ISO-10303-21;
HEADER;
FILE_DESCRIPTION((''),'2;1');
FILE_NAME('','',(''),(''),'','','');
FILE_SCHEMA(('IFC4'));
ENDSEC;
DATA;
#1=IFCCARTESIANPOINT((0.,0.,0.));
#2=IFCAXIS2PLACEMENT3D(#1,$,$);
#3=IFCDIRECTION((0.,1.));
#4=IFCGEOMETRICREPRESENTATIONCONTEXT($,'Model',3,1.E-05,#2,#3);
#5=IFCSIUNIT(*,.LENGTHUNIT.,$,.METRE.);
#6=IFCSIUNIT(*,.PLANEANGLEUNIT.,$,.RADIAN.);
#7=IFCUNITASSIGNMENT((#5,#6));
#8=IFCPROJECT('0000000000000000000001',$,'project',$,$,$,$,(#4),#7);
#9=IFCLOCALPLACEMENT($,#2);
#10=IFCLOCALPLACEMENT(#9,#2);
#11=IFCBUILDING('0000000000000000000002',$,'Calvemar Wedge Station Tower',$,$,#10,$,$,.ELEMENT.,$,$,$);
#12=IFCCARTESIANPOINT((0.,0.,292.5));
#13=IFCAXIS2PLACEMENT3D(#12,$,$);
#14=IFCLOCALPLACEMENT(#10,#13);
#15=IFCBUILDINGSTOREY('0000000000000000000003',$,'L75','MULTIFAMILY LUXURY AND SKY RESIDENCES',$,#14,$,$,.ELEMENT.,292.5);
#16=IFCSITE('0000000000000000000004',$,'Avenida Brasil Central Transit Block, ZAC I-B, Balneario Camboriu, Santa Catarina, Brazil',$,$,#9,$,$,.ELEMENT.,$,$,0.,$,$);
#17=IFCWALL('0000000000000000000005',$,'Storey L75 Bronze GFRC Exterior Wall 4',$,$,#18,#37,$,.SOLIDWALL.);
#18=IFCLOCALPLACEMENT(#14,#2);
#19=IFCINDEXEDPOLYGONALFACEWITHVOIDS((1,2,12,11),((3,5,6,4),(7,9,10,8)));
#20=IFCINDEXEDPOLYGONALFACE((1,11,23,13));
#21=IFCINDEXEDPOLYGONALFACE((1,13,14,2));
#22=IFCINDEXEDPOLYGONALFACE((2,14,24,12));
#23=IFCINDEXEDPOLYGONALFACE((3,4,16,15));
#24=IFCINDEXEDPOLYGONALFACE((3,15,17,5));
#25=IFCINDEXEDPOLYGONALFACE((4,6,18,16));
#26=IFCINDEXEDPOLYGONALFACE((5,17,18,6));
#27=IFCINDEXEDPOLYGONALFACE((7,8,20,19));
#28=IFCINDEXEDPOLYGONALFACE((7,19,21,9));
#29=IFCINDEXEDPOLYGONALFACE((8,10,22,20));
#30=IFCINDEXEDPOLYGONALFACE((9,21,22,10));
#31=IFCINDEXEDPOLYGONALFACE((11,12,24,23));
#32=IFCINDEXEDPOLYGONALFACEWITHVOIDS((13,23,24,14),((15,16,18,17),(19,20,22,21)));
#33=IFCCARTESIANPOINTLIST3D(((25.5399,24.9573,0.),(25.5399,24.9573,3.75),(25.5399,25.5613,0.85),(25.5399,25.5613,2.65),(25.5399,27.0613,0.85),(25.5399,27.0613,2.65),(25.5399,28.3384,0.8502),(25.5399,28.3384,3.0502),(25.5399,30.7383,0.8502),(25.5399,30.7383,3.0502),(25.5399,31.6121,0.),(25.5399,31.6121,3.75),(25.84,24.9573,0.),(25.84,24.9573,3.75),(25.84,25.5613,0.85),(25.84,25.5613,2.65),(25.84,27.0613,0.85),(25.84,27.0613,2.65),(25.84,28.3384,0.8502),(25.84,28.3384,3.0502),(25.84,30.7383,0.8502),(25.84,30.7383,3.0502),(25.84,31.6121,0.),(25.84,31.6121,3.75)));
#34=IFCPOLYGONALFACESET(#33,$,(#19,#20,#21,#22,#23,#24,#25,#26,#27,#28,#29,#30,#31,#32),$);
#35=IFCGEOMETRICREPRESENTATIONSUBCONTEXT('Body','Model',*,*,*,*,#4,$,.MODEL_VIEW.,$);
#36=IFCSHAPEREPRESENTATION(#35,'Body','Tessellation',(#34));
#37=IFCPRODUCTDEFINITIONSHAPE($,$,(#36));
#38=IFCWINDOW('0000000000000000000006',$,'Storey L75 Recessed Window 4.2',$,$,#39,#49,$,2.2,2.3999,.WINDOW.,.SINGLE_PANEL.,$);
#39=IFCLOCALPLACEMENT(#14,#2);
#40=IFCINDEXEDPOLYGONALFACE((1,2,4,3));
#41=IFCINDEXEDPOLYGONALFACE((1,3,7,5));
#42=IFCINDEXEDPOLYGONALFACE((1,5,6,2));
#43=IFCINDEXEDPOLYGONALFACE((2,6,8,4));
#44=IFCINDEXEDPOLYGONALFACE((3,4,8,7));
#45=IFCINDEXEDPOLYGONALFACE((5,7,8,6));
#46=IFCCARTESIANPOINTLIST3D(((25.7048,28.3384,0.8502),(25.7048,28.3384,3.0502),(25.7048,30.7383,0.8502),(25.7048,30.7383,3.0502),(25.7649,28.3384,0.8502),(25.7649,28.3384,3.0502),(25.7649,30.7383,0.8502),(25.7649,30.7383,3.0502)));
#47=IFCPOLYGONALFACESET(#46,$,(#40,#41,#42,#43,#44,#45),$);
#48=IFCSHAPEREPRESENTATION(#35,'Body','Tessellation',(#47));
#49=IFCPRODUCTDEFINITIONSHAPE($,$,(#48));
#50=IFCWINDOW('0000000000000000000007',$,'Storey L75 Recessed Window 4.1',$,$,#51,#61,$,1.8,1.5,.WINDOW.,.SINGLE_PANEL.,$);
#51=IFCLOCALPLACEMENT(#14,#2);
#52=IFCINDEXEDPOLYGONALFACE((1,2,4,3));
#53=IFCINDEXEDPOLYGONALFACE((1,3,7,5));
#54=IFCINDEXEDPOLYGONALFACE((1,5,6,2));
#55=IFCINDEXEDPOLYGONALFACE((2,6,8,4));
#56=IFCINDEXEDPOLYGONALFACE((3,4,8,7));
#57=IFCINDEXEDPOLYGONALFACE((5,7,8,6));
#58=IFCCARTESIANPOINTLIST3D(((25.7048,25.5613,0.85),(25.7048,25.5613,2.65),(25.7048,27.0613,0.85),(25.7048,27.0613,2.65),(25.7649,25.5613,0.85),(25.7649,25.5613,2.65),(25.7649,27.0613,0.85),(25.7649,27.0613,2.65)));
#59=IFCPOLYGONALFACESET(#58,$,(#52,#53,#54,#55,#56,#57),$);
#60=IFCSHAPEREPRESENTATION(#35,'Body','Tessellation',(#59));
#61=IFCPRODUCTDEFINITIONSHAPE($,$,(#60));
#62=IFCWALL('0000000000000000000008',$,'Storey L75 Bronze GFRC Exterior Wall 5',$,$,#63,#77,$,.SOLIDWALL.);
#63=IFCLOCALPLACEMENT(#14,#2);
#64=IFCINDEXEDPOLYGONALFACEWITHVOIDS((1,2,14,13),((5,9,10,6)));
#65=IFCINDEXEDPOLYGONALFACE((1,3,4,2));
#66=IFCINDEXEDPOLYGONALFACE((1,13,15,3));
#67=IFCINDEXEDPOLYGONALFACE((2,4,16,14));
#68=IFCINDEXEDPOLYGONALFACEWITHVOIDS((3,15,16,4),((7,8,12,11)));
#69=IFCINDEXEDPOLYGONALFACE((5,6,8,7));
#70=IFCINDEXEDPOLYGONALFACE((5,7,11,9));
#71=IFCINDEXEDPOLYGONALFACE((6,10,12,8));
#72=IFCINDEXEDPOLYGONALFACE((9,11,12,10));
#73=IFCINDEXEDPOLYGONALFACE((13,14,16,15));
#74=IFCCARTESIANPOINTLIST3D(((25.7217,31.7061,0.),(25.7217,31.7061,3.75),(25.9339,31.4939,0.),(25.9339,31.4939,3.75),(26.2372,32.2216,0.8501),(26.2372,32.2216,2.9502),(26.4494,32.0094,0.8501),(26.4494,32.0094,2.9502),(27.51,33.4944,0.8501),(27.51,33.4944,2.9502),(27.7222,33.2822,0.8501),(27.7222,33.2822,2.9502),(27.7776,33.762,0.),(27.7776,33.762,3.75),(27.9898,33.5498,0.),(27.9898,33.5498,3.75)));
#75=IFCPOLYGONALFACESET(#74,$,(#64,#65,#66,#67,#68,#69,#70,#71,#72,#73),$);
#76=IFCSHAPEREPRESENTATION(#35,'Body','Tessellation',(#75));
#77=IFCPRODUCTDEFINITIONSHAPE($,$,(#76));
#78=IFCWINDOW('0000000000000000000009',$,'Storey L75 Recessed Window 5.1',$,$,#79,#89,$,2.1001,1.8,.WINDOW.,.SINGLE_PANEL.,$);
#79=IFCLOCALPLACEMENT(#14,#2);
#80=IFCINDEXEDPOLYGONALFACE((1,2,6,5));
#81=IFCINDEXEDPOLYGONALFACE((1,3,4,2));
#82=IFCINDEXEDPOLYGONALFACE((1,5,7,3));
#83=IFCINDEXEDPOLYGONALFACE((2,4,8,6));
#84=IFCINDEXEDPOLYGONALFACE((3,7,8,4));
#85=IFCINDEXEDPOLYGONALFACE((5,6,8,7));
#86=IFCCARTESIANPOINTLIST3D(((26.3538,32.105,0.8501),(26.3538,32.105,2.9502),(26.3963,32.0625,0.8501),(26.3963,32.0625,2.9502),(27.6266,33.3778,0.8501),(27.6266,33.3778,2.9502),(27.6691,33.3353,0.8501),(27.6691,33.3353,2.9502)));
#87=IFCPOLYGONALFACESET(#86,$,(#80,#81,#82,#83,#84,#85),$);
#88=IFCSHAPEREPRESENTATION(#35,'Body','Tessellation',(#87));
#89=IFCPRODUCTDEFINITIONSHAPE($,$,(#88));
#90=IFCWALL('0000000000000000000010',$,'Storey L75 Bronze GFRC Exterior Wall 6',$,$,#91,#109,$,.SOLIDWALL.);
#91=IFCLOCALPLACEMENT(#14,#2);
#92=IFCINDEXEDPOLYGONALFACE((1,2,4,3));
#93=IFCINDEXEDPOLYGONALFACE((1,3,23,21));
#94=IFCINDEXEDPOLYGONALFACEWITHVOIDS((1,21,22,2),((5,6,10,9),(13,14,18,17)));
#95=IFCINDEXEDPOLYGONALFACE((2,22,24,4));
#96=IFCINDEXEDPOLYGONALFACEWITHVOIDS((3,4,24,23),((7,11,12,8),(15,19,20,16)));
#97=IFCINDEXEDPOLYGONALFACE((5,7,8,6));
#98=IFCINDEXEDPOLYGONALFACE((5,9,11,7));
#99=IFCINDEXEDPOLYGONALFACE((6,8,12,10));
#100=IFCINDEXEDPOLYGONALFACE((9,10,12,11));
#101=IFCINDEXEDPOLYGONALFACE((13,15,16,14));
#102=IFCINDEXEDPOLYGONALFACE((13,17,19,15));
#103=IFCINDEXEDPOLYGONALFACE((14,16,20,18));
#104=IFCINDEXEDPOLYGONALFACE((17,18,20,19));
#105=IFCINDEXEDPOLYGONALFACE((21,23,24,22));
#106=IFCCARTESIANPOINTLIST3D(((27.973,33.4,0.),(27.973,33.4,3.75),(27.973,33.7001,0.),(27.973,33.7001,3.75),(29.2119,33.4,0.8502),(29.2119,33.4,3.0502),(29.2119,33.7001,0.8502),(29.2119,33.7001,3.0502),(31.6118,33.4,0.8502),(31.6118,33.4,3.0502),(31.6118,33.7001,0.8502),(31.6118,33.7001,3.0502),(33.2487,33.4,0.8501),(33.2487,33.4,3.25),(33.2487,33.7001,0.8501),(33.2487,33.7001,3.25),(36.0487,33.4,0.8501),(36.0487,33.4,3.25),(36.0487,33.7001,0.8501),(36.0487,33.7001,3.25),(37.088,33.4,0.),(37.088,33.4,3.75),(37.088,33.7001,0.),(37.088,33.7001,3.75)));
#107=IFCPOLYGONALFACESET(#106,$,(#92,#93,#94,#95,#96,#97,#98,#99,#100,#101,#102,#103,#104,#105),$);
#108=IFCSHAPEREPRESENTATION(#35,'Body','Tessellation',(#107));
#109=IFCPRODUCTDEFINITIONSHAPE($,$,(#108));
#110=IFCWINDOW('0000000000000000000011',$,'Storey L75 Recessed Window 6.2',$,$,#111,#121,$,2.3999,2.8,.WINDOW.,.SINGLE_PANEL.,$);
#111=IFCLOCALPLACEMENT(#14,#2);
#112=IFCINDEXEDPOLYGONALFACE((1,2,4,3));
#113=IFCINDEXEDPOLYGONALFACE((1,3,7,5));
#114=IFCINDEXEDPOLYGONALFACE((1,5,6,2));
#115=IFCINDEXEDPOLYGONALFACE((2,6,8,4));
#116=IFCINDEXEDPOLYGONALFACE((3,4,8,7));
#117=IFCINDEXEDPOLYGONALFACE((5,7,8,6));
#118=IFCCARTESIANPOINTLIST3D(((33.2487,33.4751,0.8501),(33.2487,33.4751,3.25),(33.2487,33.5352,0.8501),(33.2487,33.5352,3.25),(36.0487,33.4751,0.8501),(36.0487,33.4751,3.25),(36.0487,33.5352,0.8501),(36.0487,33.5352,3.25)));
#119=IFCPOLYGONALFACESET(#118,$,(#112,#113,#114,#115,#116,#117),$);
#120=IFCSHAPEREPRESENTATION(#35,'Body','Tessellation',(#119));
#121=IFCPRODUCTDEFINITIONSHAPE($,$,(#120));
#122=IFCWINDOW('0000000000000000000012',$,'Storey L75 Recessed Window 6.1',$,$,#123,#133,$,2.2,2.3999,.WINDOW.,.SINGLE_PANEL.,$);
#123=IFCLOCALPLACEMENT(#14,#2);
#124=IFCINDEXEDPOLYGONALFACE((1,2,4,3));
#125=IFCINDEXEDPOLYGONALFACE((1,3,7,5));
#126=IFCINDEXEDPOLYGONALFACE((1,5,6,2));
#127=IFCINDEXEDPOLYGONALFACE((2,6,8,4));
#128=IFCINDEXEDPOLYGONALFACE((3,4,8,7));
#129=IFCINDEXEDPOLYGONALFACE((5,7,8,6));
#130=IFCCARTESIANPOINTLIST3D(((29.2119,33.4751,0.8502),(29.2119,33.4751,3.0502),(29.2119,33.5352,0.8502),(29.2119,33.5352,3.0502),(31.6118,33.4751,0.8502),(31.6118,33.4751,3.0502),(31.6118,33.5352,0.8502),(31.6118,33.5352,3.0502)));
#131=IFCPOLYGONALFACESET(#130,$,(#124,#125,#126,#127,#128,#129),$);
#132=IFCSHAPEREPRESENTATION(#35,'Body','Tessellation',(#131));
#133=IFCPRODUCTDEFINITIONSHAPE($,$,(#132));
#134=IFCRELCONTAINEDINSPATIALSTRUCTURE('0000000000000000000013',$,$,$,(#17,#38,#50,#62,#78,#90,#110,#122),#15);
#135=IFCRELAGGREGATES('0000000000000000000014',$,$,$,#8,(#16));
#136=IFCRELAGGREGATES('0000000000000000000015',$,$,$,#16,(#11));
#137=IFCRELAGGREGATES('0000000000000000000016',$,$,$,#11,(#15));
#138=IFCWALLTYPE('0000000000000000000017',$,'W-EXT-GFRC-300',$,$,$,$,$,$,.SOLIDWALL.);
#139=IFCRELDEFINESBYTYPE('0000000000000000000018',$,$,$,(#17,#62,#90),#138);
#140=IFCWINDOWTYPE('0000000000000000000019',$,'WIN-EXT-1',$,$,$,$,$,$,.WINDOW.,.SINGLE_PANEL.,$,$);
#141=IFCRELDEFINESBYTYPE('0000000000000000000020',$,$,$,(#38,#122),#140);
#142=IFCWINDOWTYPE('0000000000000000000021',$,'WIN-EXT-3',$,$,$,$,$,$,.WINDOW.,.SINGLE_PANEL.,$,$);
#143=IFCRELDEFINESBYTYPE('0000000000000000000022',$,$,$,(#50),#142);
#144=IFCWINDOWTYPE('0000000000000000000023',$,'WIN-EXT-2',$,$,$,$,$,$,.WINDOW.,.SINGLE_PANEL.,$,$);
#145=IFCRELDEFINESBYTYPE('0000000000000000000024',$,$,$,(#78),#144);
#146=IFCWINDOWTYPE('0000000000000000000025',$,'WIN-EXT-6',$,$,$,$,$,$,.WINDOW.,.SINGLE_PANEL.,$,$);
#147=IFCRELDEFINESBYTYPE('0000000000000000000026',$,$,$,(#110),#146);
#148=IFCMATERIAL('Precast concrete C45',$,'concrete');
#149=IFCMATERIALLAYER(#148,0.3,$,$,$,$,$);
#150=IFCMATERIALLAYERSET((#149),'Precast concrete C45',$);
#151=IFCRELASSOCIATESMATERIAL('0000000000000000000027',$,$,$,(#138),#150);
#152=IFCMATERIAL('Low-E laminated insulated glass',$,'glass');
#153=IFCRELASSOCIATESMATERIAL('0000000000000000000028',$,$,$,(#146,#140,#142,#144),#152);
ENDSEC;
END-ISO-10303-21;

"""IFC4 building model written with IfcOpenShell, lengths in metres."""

from ifc_helpers import new_model, si_unit, direction, frame, frame_2d, origin, place, context, subcontext, project, spatial, rectangle, extrude, source, transform, mapped, material, layer, layer_set, type_object, element, fill, save


model = new_model("IFC4")

# Units and contexts
model_context = context("Model", 3, precision=1e-05, world=origin(), true_north=direction((0.0, 1.0)))
body_context = subcontext(model_context, "Body", "Model", "MODEL_VIEW")
ifc_project = project(units=[si_unit("LENGTHUNIT", "METRE"), si_unit("PLANEANGLEUNIT", "RADIAN")], contexts=[model_context])

# Site, building, storey
site_placement = place(None, origin())
site = spatial("IfcSite", under=ifc_project, at=site_placement, Name="Avenida Brasil Central Transit Block, ZAC I-B, Balneario Camboriu, Santa Catarina, Brazil", CompositionType="ELEMENT", RefElevation=0.0)
building_placement = place(site_placement, origin())
building = spatial("IfcBuilding", under=site, at=building_placement, Name="Calvemar Wedge Station Tower", CompositionType="ELEMENT")
storey_placement = place(building_placement, frame((0.0, 0.0, 292.5)))
storey = spatial("IfcBuildingStorey", under=building, at=storey_placement, Name="L75", Description="MULTIFAMILY LUXURY AND SKY RESIDENCES", CompositionType="ELEMENT", Elevation=292.5)

# Shared definitions
ifc_material_1 = material(Name="Precast concrete C45", Category="concrete")
ifc_layer_1 = layer(ifc_material_1, 0.3)
ifc_layer_set_1 = layer_set([ifc_layer_1], Name="Precast concrete C45")
wall_type_1 = type_object("IfcWallType", Name="W-EXT-GFRC-300", PredefinedType="SOLIDWALL", material=ifc_layer_set_1)
shared_shape_1 = source(origin(), body_context, "Body", "SweptSolid", [
    extrude(rectangle(XDim=2.8, YDim=2.3999, at=frame_2d((1.3999, 1.2))), frame((0.0, 0.1602, 0.0), z_axis=(0.0, -1.0, 0.0), x_axis=(1.0, 0.0, 0.0)), (0.0, 0.0, 1.0), 0.3201),
])
ifc_material_2 = material(Name="Low-E laminated insulated glass", Category="glass")
window_type_1 = type_object("IfcWindowType", Name="WIN-EXT-6", PartitioningType="SINGLE_PANEL", PredefinedType="WINDOW", material=ifc_material_2)
shared_shape_2 = source(origin(), body_context, "Body", "SweptSolid", [
    extrude(rectangle(XDim=2.8, YDim=2.3999, at=frame_2d((1.3999, 1.2))), frame((0.0, -0.0149, 0.0), z_axis=(0.0, -1.0, 0.0), x_axis=(1.0, 0.0, 0.0)), (0.0, 0.0, 1.0), 0.0601),
])

# Wall, openings, windows
wall_1_placement = place(storey_placement, frame((25.6899, 24.9573, 0.0), z_axis=(0.0, 0.0, 1.0), x_axis=(0.0, 1.0, 0.0)))
wall_1 = element("IfcWall", 1, at=wall_1_placement, inside=storey, type_object=wall_type_1, Name="Storey L75 Bronze GFRC Exterior Wall 4", PredefinedType="SOLIDWALL", context=body_context, shape_type="SweptSolid", body=[
    extrude(rectangle(XDim=6.6548, YDim=0.3, at=frame_2d((3.3274, 0.0))), origin(), (0.0, 0.0, 1.0), 3.75),
])
shared_shape_3 = source(origin(), body_context, "Body", "SweptSolid", [
    extrude(rectangle(XDim=1.5, YDim=1.8, at=frame_2d((0.75, 0.8999))), frame((0.0, 0.1602, 0.0), z_axis=(0.0, -1.0, 0.0), x_axis=(1.0, 0.0, 0.0)), (0.0, 0.0, 1.0), 0.3201),
])
opening_1_placement = place(wall_1_placement, frame((0.604, 0.0, 0.8501)))
opening_1 = element("IfcOpeningElement", 2, at=opening_1_placement, cuts=wall_1, PredefinedType="OPENING", context=body_context, shape_type="MappedRepresentation", body=[
    mapped(shared_shape_3, transform((0.0, 0.0, 0.0), scale=1.0)),
])
shared_shape_4 = source(origin(), body_context, "Body", "SweptSolid", [
    extrude(rectangle(XDim=2.3999, YDim=2.2, at=frame_2d((1.2, 1.1001))), frame((0.0, 0.1602, 0.0), z_axis=(0.0, -1.0, 0.0), x_axis=(1.0, 0.0, 0.0)), (0.0, 0.0, 1.0), 0.3201),
])
opening_2_placement = place(wall_1_placement, frame((3.3811, 0.0, 0.8501)))
opening_2 = element("IfcOpeningElement", 3, at=opening_2_placement, cuts=wall_1, PredefinedType="OPENING", context=body_context, shape_type="MappedRepresentation", body=[
    mapped(shared_shape_4, transform((0.0, 0.0, 0.0), scale=1.0)),
])
window_type_2 = type_object("IfcWindowType", Name="WIN-EXT-1", PartitioningType="SINGLE_PANEL", PredefinedType="WINDOW", material=ifc_material_2)
shared_shape_5 = source(origin(), body_context, "Body", "SweptSolid", [
    extrude(rectangle(XDim=2.3999, YDim=2.2, at=frame_2d((1.2, 1.1001))), frame((0.0, -0.0149, 0.0), z_axis=(0.0, -1.0, 0.0), x_axis=(1.0, 0.0, 0.0)), (0.0, 0.0, 1.0), 0.0601),
])
window_1_placement = place(opening_2_placement, origin())
window_1 = element("IfcWindow", 4, at=window_1_placement, inside=storey, type_object=window_type_2, Name="Storey L75 Recessed Window 4.2", OverallHeight=2.2, OverallWidth=2.3999, PartitioningType="SINGLE_PANEL", PredefinedType="WINDOW", context=body_context, shape_type="MappedRepresentation", body=[
    mapped(shared_shape_5, transform((0.0, 0.0, 0.0), scale=1.0)),
])
fill(opening_2, window_1)
window_type_3 = type_object("IfcWindowType", Name="WIN-EXT-3", PartitioningType="SINGLE_PANEL", PredefinedType="WINDOW", material=ifc_material_2)
shared_shape_6 = source(origin(), body_context, "Body", "SweptSolid", [
    extrude(rectangle(XDim=1.5, YDim=1.8, at=frame_2d((0.75, 0.8999))), frame((0.0, -0.0149, 0.0), z_axis=(0.0, -1.0, 0.0), x_axis=(1.0, 0.0, 0.0)), (0.0, 0.0, 1.0), 0.0601),
])
window_2_placement = place(opening_1_placement, origin())
window_2 = element("IfcWindow", 5, at=window_2_placement, inside=storey, type_object=window_type_3, Name="Storey L75 Recessed Window 4.1", OverallHeight=1.8, OverallWidth=1.5, PartitioningType="SINGLE_PANEL", PredefinedType="WINDOW", context=body_context, shape_type="MappedRepresentation", body=[
    mapped(shared_shape_6, transform((0.0, 0.0, 0.0), scale=1.0)),
])
fill(opening_1, window_2)

# Wall, opening, window
wall_2_placement = place(storey_placement, frame((25.8279, 31.6001, 0.0), z_axis=(0.0, 0.0, 1.0), x_axis=(0.707107, 0.707107, 0.0)))
wall_2 = element("IfcWall", 6, at=wall_2_placement, inside=storey, type_object=wall_type_1, Name="Storey L75 Bronze GFRC Exterior Wall 5", PredefinedType="SOLIDWALL", context=body_context, shape_type="SweptSolid", body=[
    extrude(rectangle(XDim=2.9075, YDim=0.3, at=frame_2d((1.4536, 0.0))), origin(), (0.0, 0.0, 1.0), 3.75),
])
shared_shape_7 = source(origin(), body_context, "Body", "SweptSolid", [
    extrude(rectangle(XDim=1.8, YDim=2.1001, at=frame_2d((0.8999, 1.05))), frame((0.0, 0.1602, 0.0), z_axis=(0.0, -1.0, 0.0), x_axis=(1.0, 0.0, 0.0)), (0.0, 0.0, 1.0), 0.3201),
])
opening_3_placement = place(wall_2_placement, frame((0.729, 0.0, 0.8501)))
opening_3 = element("IfcOpeningElement", 7, at=opening_3_placement, cuts=wall_2, PredefinedType="OPENING", context=body_context, shape_type="MappedRepresentation", body=[
    mapped(shared_shape_7, transform((0.0, 0.0, 0.0), scale=1.0)),
])
window_type_4 = type_object("IfcWindowType", Name="WIN-EXT-2", PartitioningType="SINGLE_PANEL", PredefinedType="WINDOW", material=ifc_material_2)
shared_shape_8 = source(origin(), body_context, "Body", "SweptSolid", [
    extrude(rectangle(XDim=1.8, YDim=2.1001, at=frame_2d((0.8999, 1.05))), frame((0.0, -0.0149, 0.0), z_axis=(0.0, -1.0, 0.0), x_axis=(1.0, 0.0, 0.0)), (0.0, 0.0, 1.0), 0.0601),
])
window_3_placement = place(opening_3_placement, origin())
window_3 = element("IfcWindow", 8, at=window_3_placement, inside=storey, type_object=window_type_4, Name="Storey L75 Recessed Window 5.1", OverallHeight=2.1001, OverallWidth=1.8, PartitioningType="SINGLE_PANEL", PredefinedType="WINDOW", context=body_context, shape_type="MappedRepresentation", body=[
    mapped(shared_shape_8, transform((0.0, 0.0, 0.0), scale=1.0)),
])
fill(opening_3, window_3)

# Wall, openings, windows
wall_3_placement = place(storey_placement, frame((27.9729, 33.55, 0.0), z_axis=(0.0, 0.0, 1.0), x_axis=(1.0, 0.0, 0.0)))
wall_3 = element("IfcWall", 9, at=wall_3_placement, inside=storey, type_object=wall_type_1, Name="Storey L75 Bronze GFRC Exterior Wall 6", PredefinedType="SOLIDWALL", context=body_context, shape_type="SweptSolid", body=[
    extrude(rectangle(XDim=9.115, YDim=0.3, at=frame_2d((4.5576, 0.0))), origin(), (0.0, 0.0, 1.0), 3.75),
])
opening_4_placement = place(wall_3_placement, frame((1.239, 0.0, 0.8501)))
opening_4 = element("IfcOpeningElement", 10, at=opening_4_placement, cuts=wall_3, PredefinedType="OPENING", context=body_context, shape_type="MappedRepresentation", body=[
    mapped(shared_shape_4, transform((0.0, 0.0, 0.0), scale=1.0)),
])
opening_5_placement = place(wall_3_placement, frame((5.2759, 0.0, 0.8501)))
opening_5 = element("IfcOpeningElement", 11, at=opening_5_placement, cuts=wall_3, PredefinedType="OPENING", context=body_context, shape_type="MappedRepresentation", body=[
    mapped(shared_shape_1, transform((0.0, 0.0, 0.0), scale=1.0)),
])
window_4_placement = place(opening_5_placement, origin())
window_4 = element("IfcWindow", 12, at=window_4_placement, inside=storey, type_object=window_type_1, Name="Storey L75 Recessed Window 6.2", OverallHeight=2.3999, OverallWidth=2.8, PartitioningType="SINGLE_PANEL", PredefinedType="WINDOW", context=body_context, shape_type="MappedRepresentation", body=[
    mapped(shared_shape_2, transform((0.0, 0.0, 0.0), scale=1.0)),
])
fill(opening_5, window_4)
window_5_placement = place(opening_4_placement, origin())
window_5 = element("IfcWindow", 13, at=window_5_placement, inside=storey, type_object=window_type_2, Name="Storey L75 Recessed Window 6.1", OverallHeight=2.2, OverallWidth=2.3999, PartitioningType="SINGLE_PANEL", PredefinedType="WINDOW", context=body_context, shape_type="MappedRepresentation", body=[
    mapped(shared_shape_5, transform((0.0, 0.0, 0.0), scale=1.0)),
])
fill(opening_4, window_5)

save(model, "model.ifc")
